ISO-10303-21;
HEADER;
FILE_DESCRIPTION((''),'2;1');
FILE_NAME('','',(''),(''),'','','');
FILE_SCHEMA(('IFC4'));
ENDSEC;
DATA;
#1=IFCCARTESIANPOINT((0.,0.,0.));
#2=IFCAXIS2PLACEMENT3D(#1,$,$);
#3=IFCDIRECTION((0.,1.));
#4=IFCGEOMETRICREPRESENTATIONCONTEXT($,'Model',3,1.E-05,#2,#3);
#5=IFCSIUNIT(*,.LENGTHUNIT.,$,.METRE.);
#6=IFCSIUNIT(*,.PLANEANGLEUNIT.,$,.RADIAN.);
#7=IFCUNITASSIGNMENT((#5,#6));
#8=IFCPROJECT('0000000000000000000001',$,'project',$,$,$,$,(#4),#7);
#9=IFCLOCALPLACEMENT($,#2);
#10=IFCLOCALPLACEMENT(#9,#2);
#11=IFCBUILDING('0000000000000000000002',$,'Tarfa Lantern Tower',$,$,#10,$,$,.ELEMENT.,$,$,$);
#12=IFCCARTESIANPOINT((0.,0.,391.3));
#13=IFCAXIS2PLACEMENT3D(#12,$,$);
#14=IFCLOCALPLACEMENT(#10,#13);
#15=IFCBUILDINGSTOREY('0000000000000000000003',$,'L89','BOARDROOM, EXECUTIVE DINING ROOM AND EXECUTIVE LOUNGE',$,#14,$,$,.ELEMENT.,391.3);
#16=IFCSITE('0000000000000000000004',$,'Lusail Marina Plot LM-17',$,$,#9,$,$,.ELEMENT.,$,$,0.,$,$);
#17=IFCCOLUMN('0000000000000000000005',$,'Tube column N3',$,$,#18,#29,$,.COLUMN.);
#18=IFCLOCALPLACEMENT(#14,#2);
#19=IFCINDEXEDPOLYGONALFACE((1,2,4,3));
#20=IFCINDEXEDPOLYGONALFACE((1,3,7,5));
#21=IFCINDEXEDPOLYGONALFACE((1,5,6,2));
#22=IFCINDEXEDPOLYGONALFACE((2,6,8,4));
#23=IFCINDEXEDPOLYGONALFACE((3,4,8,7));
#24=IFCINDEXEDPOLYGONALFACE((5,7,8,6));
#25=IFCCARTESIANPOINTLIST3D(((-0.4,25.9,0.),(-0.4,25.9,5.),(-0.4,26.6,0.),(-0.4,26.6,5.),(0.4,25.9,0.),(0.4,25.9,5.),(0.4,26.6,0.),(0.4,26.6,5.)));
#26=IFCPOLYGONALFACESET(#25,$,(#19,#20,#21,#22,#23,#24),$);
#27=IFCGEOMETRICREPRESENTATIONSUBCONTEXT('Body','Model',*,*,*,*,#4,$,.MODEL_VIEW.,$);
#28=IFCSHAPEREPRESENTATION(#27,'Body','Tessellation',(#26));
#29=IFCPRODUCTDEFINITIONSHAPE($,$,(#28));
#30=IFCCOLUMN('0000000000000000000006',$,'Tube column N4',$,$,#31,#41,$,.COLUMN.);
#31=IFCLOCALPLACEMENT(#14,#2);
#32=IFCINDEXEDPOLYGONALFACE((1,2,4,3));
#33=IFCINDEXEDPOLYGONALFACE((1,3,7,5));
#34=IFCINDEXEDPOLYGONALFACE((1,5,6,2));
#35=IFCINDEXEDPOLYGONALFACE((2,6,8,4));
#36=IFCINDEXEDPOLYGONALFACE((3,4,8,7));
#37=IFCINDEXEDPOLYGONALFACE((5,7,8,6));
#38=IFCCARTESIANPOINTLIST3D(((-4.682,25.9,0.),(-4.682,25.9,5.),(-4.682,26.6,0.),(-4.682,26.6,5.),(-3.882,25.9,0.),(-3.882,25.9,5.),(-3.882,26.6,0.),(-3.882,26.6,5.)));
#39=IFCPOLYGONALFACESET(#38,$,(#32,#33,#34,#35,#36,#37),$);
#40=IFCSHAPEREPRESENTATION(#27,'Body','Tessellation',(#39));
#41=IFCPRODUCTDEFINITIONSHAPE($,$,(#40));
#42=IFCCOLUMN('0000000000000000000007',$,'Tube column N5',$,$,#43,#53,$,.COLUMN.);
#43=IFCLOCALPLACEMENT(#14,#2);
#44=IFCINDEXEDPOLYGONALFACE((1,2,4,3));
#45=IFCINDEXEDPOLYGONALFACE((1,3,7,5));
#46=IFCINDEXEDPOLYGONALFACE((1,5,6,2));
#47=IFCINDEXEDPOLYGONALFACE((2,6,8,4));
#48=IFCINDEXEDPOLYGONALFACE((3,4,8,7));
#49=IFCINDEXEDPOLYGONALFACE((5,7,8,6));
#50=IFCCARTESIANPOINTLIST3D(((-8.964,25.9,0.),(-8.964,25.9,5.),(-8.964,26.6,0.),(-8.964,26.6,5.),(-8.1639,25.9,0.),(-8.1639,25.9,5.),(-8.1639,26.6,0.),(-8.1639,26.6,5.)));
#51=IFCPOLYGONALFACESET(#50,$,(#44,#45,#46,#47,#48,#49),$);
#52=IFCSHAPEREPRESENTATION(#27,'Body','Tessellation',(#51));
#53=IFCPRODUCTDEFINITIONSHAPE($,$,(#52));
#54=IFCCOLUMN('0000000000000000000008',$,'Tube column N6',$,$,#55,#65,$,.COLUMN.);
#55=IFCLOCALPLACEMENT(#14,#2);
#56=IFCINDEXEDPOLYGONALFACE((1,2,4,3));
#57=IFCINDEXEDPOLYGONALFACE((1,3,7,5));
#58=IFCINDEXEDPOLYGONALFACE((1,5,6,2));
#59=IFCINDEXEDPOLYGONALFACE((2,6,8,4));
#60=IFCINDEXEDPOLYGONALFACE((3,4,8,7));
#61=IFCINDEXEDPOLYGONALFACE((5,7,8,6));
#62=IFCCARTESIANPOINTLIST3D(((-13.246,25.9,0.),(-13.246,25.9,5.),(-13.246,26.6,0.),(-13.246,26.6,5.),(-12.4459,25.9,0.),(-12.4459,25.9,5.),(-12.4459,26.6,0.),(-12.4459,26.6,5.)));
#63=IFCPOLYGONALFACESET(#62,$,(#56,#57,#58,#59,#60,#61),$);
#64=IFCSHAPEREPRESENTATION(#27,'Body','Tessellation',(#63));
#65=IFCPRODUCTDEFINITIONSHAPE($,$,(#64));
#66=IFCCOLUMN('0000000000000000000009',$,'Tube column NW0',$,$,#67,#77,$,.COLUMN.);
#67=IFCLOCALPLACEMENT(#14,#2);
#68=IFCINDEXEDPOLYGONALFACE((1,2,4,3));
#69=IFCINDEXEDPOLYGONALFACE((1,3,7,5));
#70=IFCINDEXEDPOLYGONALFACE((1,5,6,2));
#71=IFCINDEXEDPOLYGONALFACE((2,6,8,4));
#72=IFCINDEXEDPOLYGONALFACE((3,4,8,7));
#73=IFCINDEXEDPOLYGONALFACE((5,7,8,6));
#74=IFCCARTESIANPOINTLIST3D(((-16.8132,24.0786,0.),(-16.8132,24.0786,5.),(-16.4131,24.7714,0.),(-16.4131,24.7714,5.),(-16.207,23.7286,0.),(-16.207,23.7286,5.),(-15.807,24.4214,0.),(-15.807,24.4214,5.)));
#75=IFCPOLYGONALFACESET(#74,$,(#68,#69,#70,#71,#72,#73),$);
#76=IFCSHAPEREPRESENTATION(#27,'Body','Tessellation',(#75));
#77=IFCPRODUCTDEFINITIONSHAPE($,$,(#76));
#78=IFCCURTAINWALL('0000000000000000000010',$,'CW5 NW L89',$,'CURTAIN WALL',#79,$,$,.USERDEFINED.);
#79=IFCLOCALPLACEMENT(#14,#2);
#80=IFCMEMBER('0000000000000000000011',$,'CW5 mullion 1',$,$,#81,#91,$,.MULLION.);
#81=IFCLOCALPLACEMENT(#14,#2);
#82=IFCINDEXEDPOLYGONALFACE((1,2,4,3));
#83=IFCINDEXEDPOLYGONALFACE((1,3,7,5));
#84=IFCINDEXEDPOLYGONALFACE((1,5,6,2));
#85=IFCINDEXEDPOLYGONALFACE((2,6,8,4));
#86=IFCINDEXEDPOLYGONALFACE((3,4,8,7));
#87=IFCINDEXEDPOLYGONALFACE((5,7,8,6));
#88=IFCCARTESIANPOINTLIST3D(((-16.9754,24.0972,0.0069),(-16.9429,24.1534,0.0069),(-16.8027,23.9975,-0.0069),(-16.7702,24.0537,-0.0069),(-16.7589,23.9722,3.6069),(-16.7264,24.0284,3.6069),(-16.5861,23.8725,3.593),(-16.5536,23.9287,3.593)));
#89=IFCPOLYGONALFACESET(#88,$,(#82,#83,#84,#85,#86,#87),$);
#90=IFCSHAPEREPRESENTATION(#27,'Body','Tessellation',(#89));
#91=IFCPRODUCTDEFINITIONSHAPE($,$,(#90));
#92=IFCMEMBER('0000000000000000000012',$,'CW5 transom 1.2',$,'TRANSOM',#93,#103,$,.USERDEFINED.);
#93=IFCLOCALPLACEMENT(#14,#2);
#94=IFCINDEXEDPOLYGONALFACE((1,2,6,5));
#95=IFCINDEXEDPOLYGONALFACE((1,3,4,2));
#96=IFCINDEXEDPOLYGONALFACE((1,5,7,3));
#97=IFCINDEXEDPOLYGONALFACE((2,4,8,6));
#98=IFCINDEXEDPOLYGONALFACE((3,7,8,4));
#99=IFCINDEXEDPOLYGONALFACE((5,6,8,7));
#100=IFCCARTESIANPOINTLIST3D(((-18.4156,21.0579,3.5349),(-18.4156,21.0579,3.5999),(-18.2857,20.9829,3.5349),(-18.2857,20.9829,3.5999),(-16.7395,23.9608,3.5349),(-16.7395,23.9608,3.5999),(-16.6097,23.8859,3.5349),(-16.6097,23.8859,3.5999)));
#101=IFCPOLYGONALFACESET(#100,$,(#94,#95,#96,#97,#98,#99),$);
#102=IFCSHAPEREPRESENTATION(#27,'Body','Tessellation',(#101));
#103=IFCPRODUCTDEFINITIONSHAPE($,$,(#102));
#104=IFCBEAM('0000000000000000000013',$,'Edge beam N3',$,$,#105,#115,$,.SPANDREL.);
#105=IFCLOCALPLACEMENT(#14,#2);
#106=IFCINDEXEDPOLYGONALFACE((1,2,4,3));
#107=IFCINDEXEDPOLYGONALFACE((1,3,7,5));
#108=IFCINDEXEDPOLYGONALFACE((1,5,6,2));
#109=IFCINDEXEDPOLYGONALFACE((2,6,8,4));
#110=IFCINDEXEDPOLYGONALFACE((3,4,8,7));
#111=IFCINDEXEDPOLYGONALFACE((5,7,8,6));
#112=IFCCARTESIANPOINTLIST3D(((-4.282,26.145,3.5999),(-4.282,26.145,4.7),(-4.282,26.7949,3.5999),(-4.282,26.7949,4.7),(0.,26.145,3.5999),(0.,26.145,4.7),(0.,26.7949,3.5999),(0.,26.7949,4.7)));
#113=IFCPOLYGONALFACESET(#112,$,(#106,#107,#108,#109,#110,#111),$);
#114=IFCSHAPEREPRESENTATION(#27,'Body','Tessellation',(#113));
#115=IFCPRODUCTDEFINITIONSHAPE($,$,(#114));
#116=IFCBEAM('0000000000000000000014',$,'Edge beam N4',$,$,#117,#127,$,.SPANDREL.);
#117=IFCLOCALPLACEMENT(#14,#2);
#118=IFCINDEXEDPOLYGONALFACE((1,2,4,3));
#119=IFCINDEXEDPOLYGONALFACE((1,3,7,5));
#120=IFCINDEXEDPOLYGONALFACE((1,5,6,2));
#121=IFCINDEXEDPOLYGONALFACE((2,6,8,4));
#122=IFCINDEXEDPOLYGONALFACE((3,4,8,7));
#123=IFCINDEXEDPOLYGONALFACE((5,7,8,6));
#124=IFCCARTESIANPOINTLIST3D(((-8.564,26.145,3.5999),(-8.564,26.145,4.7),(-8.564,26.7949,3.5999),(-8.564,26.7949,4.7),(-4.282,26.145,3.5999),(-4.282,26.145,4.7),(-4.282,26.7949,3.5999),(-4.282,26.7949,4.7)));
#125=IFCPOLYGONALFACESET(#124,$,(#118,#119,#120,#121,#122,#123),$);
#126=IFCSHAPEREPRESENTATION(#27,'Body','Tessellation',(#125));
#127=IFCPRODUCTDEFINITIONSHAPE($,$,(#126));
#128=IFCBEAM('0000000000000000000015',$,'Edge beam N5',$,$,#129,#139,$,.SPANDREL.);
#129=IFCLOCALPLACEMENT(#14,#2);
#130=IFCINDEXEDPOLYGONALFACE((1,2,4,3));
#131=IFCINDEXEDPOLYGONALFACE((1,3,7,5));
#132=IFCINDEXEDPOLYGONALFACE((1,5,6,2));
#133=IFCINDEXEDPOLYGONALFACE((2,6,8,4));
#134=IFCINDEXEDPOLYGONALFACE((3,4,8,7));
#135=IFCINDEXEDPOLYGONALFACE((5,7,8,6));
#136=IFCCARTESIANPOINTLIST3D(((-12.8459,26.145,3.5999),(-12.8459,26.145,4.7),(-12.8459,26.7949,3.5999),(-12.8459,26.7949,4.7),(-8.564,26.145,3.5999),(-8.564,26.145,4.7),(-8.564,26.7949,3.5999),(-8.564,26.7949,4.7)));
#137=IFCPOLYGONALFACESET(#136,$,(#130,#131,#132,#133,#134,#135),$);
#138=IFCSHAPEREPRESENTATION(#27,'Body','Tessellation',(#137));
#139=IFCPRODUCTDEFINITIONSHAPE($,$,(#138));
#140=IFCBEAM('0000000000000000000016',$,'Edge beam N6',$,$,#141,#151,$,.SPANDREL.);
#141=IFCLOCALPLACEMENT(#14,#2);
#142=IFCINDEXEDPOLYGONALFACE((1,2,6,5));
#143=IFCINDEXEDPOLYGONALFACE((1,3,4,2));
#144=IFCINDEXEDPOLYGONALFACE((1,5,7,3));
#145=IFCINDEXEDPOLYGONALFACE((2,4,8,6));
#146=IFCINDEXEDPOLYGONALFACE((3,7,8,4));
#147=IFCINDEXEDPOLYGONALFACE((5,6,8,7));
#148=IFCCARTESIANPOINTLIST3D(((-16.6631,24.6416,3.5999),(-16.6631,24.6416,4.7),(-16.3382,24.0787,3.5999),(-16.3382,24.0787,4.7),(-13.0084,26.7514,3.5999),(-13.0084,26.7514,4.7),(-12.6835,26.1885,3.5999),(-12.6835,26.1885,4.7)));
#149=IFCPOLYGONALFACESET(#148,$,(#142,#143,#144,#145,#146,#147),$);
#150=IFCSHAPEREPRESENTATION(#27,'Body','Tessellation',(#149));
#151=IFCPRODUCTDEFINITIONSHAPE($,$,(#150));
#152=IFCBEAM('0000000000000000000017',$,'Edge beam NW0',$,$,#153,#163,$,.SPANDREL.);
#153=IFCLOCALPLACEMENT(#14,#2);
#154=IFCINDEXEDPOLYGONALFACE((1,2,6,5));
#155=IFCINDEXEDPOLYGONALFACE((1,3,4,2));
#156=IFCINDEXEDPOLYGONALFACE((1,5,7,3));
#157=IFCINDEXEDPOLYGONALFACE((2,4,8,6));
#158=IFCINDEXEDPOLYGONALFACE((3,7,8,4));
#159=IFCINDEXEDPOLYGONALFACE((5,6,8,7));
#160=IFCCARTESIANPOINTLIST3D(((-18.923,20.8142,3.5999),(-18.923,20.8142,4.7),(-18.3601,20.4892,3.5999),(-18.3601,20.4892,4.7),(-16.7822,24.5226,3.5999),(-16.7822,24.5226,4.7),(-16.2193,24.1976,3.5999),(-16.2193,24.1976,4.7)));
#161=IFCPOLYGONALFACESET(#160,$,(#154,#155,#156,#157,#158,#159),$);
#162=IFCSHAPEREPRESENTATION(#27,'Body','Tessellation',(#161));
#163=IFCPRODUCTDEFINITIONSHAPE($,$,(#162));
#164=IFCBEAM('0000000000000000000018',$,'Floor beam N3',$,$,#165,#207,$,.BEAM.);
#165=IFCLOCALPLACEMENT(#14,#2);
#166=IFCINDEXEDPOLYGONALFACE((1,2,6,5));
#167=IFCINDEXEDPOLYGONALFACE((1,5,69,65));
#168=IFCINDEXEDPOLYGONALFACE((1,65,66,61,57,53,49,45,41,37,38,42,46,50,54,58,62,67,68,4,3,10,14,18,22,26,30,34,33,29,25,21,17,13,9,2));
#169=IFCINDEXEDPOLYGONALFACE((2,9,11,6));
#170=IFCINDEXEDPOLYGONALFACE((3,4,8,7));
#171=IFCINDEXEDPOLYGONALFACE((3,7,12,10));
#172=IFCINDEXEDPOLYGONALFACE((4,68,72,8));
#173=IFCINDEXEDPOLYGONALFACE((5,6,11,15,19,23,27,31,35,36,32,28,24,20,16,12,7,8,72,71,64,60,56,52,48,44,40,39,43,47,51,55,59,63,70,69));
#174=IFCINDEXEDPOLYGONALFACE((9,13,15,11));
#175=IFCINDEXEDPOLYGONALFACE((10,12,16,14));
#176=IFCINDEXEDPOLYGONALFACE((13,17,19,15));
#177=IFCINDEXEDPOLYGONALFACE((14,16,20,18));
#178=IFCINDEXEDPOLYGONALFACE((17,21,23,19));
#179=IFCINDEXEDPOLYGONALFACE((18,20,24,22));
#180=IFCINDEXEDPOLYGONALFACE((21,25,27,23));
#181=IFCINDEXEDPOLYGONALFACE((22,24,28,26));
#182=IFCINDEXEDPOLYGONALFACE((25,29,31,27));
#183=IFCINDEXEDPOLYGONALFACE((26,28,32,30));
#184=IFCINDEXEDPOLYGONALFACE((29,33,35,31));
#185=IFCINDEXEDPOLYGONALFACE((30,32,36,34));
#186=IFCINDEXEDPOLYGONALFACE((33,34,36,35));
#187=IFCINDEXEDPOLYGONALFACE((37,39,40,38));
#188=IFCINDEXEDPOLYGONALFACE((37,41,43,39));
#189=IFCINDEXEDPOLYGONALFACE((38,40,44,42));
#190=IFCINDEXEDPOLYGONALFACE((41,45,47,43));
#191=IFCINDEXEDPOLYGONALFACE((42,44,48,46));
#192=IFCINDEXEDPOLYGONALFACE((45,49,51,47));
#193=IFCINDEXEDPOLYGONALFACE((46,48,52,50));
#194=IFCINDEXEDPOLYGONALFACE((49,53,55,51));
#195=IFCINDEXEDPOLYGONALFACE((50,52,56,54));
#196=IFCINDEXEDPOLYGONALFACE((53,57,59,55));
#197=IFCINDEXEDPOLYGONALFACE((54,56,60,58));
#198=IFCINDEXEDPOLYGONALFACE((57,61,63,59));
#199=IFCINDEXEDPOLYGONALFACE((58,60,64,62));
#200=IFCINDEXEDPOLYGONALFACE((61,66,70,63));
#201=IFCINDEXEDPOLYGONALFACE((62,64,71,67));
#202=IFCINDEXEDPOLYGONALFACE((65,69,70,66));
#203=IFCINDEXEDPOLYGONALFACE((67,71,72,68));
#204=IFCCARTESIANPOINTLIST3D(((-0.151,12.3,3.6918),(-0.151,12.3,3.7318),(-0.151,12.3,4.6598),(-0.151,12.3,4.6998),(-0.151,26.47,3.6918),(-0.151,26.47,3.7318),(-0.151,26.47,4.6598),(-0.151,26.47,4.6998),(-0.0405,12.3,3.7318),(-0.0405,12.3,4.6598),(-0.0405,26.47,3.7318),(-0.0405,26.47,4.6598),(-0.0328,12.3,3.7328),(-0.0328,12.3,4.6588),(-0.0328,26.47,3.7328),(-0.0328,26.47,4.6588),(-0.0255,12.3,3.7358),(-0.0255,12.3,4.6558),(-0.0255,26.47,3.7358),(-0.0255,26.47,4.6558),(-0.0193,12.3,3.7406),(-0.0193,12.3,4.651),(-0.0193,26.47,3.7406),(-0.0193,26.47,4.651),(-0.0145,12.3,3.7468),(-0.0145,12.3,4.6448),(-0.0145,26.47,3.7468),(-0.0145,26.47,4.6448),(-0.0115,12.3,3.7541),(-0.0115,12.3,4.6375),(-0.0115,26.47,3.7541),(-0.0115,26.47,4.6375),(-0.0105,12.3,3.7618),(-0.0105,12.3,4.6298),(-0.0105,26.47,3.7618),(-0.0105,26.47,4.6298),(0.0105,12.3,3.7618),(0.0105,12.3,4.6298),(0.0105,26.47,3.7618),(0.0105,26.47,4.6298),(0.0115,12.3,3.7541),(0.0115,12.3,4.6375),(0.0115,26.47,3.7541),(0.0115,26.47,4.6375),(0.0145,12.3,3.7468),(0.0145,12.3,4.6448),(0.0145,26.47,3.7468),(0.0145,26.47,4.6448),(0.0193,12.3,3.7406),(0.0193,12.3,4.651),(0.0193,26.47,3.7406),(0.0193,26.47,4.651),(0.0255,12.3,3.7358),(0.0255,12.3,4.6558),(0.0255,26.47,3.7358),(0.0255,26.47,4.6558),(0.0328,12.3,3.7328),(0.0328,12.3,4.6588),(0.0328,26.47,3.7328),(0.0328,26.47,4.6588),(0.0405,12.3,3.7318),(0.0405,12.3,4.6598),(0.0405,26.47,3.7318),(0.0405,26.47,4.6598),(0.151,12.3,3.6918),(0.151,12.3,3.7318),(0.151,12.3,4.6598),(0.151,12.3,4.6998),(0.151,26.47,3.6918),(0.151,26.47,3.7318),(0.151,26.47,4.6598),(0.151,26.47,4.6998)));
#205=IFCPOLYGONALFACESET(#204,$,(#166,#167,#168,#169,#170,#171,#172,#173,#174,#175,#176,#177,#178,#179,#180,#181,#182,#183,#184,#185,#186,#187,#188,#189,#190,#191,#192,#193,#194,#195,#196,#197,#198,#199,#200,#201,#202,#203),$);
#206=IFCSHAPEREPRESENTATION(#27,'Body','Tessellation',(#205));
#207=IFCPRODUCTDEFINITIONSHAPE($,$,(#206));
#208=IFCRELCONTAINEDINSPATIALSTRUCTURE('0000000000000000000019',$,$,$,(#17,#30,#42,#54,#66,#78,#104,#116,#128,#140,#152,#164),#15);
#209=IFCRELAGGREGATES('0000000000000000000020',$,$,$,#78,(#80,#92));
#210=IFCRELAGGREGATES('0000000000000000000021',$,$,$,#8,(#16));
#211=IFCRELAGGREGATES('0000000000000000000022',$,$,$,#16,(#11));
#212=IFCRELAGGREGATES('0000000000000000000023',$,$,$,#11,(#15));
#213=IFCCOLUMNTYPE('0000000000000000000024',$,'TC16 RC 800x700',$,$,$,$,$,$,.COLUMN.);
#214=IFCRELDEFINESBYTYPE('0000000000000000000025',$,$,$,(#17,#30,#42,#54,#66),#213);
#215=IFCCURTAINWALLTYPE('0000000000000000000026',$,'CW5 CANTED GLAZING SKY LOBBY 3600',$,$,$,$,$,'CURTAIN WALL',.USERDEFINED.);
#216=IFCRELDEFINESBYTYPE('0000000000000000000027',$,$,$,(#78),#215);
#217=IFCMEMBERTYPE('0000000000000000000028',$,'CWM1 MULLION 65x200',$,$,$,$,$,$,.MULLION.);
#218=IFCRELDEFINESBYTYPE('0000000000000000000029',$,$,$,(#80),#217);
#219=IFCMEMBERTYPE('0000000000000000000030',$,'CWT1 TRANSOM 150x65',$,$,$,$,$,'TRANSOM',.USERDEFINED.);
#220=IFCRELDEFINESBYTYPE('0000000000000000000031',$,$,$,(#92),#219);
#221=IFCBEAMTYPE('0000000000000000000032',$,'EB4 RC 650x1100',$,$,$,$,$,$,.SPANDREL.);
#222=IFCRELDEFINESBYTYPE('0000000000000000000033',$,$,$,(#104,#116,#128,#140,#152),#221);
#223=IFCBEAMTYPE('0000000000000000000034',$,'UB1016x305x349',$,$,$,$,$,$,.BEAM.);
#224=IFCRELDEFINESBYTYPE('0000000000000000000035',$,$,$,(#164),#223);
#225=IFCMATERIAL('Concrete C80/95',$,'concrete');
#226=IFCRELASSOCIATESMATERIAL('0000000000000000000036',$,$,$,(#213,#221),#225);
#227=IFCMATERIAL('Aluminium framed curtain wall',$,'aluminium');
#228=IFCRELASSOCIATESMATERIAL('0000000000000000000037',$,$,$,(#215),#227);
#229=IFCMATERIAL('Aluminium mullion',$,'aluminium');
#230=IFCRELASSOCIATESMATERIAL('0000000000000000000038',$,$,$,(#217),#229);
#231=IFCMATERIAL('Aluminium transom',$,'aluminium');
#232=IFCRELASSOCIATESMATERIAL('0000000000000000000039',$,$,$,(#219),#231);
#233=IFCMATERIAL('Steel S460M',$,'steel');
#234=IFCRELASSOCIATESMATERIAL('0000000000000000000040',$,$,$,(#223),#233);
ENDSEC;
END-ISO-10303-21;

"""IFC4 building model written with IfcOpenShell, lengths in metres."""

from ifc_helpers import new_model, si_unit, direction, frame, origin, origin_2d, place, context, subcontext, project, spatial, rectangle, i_section, extrude, material, material_profile, profile_set, type_object, element, aggregate, save


model = new_model("IFC4")

# Units and contexts
model_context = context("Model", 3, precision=1e-05, world=origin(), true_north=direction((0.0, 1.0)))
body_context = subcontext(model_context, "Body", "Model", "MODEL_VIEW")
ifc_project = project(units=[si_unit("LENGTHUNIT", "METRE"), si_unit("PLANEANGLEUNIT", "RADIAN")], contexts=[model_context])

# Site, building, storey
site_placement = place(None, origin())
site = spatial("IfcSite", under=ifc_project, at=site_placement, Name="Lusail Marina Plot LM-17", CompositionType="ELEMENT", RefElevation=0.0)
building_placement = place(site_placement, origin())
building = spatial("IfcBuilding", under=site, at=building_placement, Name="Tarfa Lantern Tower", CompositionType="ELEMENT")
storey_placement = place(building_placement, frame((0.0, 0.0, 391.3)))
storey = spatial("IfcBuildingStorey", under=building, at=storey_placement, Name="L89", Description="BOARDROOM, EXECUTIVE DINING ROOM AND EXECUTIVE LOUNGE", CompositionType="ELEMENT", Elevation=391.3)

# Columns
ifc_material_1 = material(Name="Concrete C80/95", Category="concrete")
ifc_material_profile_1 = material_profile(ifc_material_1, rectangle(XDim=0.8, YDim=0.7, at=origin_2d()), Name="RC 800x700")
ifc_profile_set_1 = profile_set([ifc_material_profile_1], Name="Concrete C80/95")
column_type = type_object("IfcColumnType", Name="TC16 RC 800x700", PredefinedType="COLUMN", material=ifc_profile_set_1)
for number, where, z_axis, x_axis, name in (
    (1, (0.0, 26.25, 0.0), (0.0, 0.0, 1.0), (-1.0, 0.0, 0.0), "Tube column N3"),
    (2, (-4.282, 26.25, 0.0), (0.0, 0.0, 1.0), (-1.0, 0.0, 0.0), "Tube column N4"),
    (3, (-8.564, 26.25, 0.0), (0.0, 0.0, 1.0), (-1.0, 0.0, 0.0), "Tube column N5"),
    (4, (-12.8459, 26.25, 0.0), (0.0, 0.0, 1.0), (-1.0, 0.0, 0.0), "Tube column N6"),
    (5, (-16.3101, 24.25, 0.0), (0.0, 0.0, 1.0), (-0.5, -0.866025, 0.0), "Tube column NW0"),
):
    element("IfcColumn", number, at=place(storey_placement, frame(where, z_axis=z_axis, x_axis=x_axis)), inside=storey, type_object=column_type, Name=name, PredefinedType="COLUMN", context=body_context, shape_type="SweptSolid", body=[
        extrude(rectangle(XDim=0.8, YDim=0.7, at=origin_2d()), origin(), (0.0, 0.0, 1.0), 5.0),
    ])

# Curtain wall, members
ifc_material_2 = material(Name="Aluminium framed curtain wall", Category="aluminium")
curtain_wall_type = type_object("IfcCurtainWallType", Name="CW5 CANTED GLAZING SKY LOBBY 3600", ElementType="CURTAIN WALL", PredefinedType="USERDEFINED", material=ifc_material_2)
curtain_wall_placement = place(storey_placement, origin())
curtain_wall = element("IfcCurtainWall", 6, at=curtain_wall_placement, inside=storey, type_object=curtain_wall_type, Name="CW5 NW L89", ObjectType="CURTAIN WALL", PredefinedType="USERDEFINED")
ifc_material_3 = material(Name="Aluminium mullion", Category="aluminium")
ifc_material_profile_2 = material_profile(ifc_material_3, rectangle(XDim=0.0649, YDim=0.2, at=origin_2d()), Name="AL MULLION 65x200")
ifc_profile_set_2 = profile_set([ifc_material_profile_2], Name="Aluminium mullion")
member_type_1 = type_object("IfcMemberType", Name="CWM1 MULLION 65x200", PredefinedType="MULLION", material=ifc_profile_set_2)
member_1_placement = place(storey_placement, frame((-16.8728, 24.0754, 0.0), z_axis=(0.060011, -0.03464, 0.997596), x_axis=(0.49992, 0.866072, 0.0)))
member_1 = element("IfcMember", 7, at=member_1_placement, type_object=member_type_1, Name="CW5 mullion 1", PredefinedType="MULLION", context=body_context, shape_type="SweptSolid", body=[
    extrude(rectangle(XDim=0.0649, YDim=0.2, at=origin_2d()), origin(), (0.0, 0.0, 1.0), 3.6086),
])
ifc_material_4 = material(Name="Aluminium transom", Category="aluminium")
ifc_material_profile_3 = material_profile(ifc_material_4, rectangle(XDim=0.1499, YDim=0.0649, at=origin_2d()), Name="AL TRANSOM 150x65")
ifc_profile_set_3 = profile_set([ifc_material_profile_3], Name="Aluminium transom")
member_type_2 = type_object("IfcMemberType", Name="CWT1 TRANSOM 150x65", ElementType="TRANSOM", PredefinedType="USERDEFINED", material=ifc_profile_set_3)
member_2_placement = place(storey_placement, frame((-16.6746, 23.9233, 3.5674), z_axis=(-0.500017, -0.866016, 0.0), x_axis=(0.866016, -0.500017, 0.0)))
member_2 = element("IfcMember", 8, at=member_2_placement, type_object=member_type_2, Name="CW5 transom 1.2", ObjectType="TRANSOM", PredefinedType="USERDEFINED", context=body_context, shape_type="SweptSolid", body=[
    extrude(rectangle(XDim=0.1499, YDim=0.0649, at=origin_2d()), origin(), (0.0, 0.0, 1.0), 3.3521),
])
aggregate(curtain_wall, [member_1, member_2])

# Beams
ifc_material_profile_4 = material_profile(ifc_material_1, rectangle(XDim=0.6499, YDim=1.1001, at=origin_2d()), Name="RC 650x1100")
ifc_profile_set_4 = profile_set([ifc_material_profile_4], Name="Concrete C80/95")
beam_type_1 = type_object("IfcBeamType", Name="EB4 RC 650x1100", PredefinedType="SPANDREL", material=ifc_profile_set_4)
for number, where, z_axis, x_axis, name in (
    (9, (0.0, 26.47, 4.1499), (-1.0, 0.0, 0.0), (0.0, -1.0, 0.0), "Edge beam N3"),
    (10, (-4.282, 26.47, 4.1499), (-1.0, 0.0, 0.0), (0.0, -1.0, 0.0), "Edge beam N4"),
    (11, (-8.564, 26.47, 4.1499), (-1.0, 0.0, 0.0), (0.0, -1.0, 0.0), "Edge beam N5"),
):
    element("IfcBeam", number, at=place(storey_placement, frame(where, z_axis=z_axis, x_axis=x_axis)), inside=storey, type_object=beam_type_1, Name=name, PredefinedType="SPANDREL", context=body_context, shape_type="SweptSolid", body=[
        extrude(rectangle(XDim=0.6499, YDim=1.1001, at=origin_2d()), origin(), (0.0, 0.0, 1.0), 4.282),
    ])
beam_1_placement = place(storey_placement, frame((-12.8459, 26.47, 4.1499), z_axis=(-0.866049, -0.499959, 0.0), x_axis=(0.499959, -0.866049, 0.0)))
element("IfcBeam", 12, at=beam_1_placement, inside=storey, type_object=beam_type_1, Name="Edge beam N6", PredefinedType="SPANDREL", context=body_context, shape_type="SweptSolid", body=[
    extrude(rectangle(XDim=0.6499, YDim=1.1001, at=origin_2d()), origin(), (0.0, 0.0, 1.0), 4.22),
])
beam_2_placement = place(storey_placement, frame((-16.5007, 24.3601, 4.1499), z_axis=(-0.499959, -0.866049, 0.0), x_axis=(0.866049, -0.499959, 0.0)))
element("IfcBeam", 13, at=beam_2_placement, inside=storey, type_object=beam_type_1, Name="Edge beam NW0", PredefinedType="SPANDREL", context=body_context, shape_type="SweptSolid", body=[
    extrude(rectangle(XDim=0.6499, YDim=1.1001, at=origin_2d()), origin(), (0.0, 0.0, 1.0), 4.282),
])
ifc_material_5 = material(Name="Steel S460M", Category="steel")
ifc_material_profile_5 = material_profile(ifc_material_5, i_section(OverallWidth=0.302, OverallDepth=1.0081, WebThickness=0.021, FlangeThickness=0.04, FilletRadius=0.03, at=origin_2d()), Name="UB1016x305x349")
ifc_profile_set_5 = profile_set([ifc_material_profile_5], Name="Steel S460M")
beam_type_2 = type_object("IfcBeamType", Name="UB1016x305x349", PredefinedType="BEAM", material=ifc_profile_set_5)
for number, where, z_axis, x_axis, name in (
    (14, (0.0, 26.47, 4.1958), (0.0, -1.0, 0.0), (1.0, 0.0, 0.0), "Floor beam N3"),
):
    element("IfcBeam", number, at=place(storey_placement, frame(where, z_axis=z_axis, x_axis=x_axis)), inside=storey, type_object=beam_type_2, Name=name, PredefinedType="BEAM", context=body_context, shape_type="SweptSolid", body=[
        extrude(i_section(OverallWidth=0.302, OverallDepth=1.0081, WebThickness=0.021, FlangeThickness=0.04, FilletRadius=0.03, at=origin_2d()), origin(), (0.0, 0.0, 1.0), 14.1699),
    ])

save(model, "model.ifc")
